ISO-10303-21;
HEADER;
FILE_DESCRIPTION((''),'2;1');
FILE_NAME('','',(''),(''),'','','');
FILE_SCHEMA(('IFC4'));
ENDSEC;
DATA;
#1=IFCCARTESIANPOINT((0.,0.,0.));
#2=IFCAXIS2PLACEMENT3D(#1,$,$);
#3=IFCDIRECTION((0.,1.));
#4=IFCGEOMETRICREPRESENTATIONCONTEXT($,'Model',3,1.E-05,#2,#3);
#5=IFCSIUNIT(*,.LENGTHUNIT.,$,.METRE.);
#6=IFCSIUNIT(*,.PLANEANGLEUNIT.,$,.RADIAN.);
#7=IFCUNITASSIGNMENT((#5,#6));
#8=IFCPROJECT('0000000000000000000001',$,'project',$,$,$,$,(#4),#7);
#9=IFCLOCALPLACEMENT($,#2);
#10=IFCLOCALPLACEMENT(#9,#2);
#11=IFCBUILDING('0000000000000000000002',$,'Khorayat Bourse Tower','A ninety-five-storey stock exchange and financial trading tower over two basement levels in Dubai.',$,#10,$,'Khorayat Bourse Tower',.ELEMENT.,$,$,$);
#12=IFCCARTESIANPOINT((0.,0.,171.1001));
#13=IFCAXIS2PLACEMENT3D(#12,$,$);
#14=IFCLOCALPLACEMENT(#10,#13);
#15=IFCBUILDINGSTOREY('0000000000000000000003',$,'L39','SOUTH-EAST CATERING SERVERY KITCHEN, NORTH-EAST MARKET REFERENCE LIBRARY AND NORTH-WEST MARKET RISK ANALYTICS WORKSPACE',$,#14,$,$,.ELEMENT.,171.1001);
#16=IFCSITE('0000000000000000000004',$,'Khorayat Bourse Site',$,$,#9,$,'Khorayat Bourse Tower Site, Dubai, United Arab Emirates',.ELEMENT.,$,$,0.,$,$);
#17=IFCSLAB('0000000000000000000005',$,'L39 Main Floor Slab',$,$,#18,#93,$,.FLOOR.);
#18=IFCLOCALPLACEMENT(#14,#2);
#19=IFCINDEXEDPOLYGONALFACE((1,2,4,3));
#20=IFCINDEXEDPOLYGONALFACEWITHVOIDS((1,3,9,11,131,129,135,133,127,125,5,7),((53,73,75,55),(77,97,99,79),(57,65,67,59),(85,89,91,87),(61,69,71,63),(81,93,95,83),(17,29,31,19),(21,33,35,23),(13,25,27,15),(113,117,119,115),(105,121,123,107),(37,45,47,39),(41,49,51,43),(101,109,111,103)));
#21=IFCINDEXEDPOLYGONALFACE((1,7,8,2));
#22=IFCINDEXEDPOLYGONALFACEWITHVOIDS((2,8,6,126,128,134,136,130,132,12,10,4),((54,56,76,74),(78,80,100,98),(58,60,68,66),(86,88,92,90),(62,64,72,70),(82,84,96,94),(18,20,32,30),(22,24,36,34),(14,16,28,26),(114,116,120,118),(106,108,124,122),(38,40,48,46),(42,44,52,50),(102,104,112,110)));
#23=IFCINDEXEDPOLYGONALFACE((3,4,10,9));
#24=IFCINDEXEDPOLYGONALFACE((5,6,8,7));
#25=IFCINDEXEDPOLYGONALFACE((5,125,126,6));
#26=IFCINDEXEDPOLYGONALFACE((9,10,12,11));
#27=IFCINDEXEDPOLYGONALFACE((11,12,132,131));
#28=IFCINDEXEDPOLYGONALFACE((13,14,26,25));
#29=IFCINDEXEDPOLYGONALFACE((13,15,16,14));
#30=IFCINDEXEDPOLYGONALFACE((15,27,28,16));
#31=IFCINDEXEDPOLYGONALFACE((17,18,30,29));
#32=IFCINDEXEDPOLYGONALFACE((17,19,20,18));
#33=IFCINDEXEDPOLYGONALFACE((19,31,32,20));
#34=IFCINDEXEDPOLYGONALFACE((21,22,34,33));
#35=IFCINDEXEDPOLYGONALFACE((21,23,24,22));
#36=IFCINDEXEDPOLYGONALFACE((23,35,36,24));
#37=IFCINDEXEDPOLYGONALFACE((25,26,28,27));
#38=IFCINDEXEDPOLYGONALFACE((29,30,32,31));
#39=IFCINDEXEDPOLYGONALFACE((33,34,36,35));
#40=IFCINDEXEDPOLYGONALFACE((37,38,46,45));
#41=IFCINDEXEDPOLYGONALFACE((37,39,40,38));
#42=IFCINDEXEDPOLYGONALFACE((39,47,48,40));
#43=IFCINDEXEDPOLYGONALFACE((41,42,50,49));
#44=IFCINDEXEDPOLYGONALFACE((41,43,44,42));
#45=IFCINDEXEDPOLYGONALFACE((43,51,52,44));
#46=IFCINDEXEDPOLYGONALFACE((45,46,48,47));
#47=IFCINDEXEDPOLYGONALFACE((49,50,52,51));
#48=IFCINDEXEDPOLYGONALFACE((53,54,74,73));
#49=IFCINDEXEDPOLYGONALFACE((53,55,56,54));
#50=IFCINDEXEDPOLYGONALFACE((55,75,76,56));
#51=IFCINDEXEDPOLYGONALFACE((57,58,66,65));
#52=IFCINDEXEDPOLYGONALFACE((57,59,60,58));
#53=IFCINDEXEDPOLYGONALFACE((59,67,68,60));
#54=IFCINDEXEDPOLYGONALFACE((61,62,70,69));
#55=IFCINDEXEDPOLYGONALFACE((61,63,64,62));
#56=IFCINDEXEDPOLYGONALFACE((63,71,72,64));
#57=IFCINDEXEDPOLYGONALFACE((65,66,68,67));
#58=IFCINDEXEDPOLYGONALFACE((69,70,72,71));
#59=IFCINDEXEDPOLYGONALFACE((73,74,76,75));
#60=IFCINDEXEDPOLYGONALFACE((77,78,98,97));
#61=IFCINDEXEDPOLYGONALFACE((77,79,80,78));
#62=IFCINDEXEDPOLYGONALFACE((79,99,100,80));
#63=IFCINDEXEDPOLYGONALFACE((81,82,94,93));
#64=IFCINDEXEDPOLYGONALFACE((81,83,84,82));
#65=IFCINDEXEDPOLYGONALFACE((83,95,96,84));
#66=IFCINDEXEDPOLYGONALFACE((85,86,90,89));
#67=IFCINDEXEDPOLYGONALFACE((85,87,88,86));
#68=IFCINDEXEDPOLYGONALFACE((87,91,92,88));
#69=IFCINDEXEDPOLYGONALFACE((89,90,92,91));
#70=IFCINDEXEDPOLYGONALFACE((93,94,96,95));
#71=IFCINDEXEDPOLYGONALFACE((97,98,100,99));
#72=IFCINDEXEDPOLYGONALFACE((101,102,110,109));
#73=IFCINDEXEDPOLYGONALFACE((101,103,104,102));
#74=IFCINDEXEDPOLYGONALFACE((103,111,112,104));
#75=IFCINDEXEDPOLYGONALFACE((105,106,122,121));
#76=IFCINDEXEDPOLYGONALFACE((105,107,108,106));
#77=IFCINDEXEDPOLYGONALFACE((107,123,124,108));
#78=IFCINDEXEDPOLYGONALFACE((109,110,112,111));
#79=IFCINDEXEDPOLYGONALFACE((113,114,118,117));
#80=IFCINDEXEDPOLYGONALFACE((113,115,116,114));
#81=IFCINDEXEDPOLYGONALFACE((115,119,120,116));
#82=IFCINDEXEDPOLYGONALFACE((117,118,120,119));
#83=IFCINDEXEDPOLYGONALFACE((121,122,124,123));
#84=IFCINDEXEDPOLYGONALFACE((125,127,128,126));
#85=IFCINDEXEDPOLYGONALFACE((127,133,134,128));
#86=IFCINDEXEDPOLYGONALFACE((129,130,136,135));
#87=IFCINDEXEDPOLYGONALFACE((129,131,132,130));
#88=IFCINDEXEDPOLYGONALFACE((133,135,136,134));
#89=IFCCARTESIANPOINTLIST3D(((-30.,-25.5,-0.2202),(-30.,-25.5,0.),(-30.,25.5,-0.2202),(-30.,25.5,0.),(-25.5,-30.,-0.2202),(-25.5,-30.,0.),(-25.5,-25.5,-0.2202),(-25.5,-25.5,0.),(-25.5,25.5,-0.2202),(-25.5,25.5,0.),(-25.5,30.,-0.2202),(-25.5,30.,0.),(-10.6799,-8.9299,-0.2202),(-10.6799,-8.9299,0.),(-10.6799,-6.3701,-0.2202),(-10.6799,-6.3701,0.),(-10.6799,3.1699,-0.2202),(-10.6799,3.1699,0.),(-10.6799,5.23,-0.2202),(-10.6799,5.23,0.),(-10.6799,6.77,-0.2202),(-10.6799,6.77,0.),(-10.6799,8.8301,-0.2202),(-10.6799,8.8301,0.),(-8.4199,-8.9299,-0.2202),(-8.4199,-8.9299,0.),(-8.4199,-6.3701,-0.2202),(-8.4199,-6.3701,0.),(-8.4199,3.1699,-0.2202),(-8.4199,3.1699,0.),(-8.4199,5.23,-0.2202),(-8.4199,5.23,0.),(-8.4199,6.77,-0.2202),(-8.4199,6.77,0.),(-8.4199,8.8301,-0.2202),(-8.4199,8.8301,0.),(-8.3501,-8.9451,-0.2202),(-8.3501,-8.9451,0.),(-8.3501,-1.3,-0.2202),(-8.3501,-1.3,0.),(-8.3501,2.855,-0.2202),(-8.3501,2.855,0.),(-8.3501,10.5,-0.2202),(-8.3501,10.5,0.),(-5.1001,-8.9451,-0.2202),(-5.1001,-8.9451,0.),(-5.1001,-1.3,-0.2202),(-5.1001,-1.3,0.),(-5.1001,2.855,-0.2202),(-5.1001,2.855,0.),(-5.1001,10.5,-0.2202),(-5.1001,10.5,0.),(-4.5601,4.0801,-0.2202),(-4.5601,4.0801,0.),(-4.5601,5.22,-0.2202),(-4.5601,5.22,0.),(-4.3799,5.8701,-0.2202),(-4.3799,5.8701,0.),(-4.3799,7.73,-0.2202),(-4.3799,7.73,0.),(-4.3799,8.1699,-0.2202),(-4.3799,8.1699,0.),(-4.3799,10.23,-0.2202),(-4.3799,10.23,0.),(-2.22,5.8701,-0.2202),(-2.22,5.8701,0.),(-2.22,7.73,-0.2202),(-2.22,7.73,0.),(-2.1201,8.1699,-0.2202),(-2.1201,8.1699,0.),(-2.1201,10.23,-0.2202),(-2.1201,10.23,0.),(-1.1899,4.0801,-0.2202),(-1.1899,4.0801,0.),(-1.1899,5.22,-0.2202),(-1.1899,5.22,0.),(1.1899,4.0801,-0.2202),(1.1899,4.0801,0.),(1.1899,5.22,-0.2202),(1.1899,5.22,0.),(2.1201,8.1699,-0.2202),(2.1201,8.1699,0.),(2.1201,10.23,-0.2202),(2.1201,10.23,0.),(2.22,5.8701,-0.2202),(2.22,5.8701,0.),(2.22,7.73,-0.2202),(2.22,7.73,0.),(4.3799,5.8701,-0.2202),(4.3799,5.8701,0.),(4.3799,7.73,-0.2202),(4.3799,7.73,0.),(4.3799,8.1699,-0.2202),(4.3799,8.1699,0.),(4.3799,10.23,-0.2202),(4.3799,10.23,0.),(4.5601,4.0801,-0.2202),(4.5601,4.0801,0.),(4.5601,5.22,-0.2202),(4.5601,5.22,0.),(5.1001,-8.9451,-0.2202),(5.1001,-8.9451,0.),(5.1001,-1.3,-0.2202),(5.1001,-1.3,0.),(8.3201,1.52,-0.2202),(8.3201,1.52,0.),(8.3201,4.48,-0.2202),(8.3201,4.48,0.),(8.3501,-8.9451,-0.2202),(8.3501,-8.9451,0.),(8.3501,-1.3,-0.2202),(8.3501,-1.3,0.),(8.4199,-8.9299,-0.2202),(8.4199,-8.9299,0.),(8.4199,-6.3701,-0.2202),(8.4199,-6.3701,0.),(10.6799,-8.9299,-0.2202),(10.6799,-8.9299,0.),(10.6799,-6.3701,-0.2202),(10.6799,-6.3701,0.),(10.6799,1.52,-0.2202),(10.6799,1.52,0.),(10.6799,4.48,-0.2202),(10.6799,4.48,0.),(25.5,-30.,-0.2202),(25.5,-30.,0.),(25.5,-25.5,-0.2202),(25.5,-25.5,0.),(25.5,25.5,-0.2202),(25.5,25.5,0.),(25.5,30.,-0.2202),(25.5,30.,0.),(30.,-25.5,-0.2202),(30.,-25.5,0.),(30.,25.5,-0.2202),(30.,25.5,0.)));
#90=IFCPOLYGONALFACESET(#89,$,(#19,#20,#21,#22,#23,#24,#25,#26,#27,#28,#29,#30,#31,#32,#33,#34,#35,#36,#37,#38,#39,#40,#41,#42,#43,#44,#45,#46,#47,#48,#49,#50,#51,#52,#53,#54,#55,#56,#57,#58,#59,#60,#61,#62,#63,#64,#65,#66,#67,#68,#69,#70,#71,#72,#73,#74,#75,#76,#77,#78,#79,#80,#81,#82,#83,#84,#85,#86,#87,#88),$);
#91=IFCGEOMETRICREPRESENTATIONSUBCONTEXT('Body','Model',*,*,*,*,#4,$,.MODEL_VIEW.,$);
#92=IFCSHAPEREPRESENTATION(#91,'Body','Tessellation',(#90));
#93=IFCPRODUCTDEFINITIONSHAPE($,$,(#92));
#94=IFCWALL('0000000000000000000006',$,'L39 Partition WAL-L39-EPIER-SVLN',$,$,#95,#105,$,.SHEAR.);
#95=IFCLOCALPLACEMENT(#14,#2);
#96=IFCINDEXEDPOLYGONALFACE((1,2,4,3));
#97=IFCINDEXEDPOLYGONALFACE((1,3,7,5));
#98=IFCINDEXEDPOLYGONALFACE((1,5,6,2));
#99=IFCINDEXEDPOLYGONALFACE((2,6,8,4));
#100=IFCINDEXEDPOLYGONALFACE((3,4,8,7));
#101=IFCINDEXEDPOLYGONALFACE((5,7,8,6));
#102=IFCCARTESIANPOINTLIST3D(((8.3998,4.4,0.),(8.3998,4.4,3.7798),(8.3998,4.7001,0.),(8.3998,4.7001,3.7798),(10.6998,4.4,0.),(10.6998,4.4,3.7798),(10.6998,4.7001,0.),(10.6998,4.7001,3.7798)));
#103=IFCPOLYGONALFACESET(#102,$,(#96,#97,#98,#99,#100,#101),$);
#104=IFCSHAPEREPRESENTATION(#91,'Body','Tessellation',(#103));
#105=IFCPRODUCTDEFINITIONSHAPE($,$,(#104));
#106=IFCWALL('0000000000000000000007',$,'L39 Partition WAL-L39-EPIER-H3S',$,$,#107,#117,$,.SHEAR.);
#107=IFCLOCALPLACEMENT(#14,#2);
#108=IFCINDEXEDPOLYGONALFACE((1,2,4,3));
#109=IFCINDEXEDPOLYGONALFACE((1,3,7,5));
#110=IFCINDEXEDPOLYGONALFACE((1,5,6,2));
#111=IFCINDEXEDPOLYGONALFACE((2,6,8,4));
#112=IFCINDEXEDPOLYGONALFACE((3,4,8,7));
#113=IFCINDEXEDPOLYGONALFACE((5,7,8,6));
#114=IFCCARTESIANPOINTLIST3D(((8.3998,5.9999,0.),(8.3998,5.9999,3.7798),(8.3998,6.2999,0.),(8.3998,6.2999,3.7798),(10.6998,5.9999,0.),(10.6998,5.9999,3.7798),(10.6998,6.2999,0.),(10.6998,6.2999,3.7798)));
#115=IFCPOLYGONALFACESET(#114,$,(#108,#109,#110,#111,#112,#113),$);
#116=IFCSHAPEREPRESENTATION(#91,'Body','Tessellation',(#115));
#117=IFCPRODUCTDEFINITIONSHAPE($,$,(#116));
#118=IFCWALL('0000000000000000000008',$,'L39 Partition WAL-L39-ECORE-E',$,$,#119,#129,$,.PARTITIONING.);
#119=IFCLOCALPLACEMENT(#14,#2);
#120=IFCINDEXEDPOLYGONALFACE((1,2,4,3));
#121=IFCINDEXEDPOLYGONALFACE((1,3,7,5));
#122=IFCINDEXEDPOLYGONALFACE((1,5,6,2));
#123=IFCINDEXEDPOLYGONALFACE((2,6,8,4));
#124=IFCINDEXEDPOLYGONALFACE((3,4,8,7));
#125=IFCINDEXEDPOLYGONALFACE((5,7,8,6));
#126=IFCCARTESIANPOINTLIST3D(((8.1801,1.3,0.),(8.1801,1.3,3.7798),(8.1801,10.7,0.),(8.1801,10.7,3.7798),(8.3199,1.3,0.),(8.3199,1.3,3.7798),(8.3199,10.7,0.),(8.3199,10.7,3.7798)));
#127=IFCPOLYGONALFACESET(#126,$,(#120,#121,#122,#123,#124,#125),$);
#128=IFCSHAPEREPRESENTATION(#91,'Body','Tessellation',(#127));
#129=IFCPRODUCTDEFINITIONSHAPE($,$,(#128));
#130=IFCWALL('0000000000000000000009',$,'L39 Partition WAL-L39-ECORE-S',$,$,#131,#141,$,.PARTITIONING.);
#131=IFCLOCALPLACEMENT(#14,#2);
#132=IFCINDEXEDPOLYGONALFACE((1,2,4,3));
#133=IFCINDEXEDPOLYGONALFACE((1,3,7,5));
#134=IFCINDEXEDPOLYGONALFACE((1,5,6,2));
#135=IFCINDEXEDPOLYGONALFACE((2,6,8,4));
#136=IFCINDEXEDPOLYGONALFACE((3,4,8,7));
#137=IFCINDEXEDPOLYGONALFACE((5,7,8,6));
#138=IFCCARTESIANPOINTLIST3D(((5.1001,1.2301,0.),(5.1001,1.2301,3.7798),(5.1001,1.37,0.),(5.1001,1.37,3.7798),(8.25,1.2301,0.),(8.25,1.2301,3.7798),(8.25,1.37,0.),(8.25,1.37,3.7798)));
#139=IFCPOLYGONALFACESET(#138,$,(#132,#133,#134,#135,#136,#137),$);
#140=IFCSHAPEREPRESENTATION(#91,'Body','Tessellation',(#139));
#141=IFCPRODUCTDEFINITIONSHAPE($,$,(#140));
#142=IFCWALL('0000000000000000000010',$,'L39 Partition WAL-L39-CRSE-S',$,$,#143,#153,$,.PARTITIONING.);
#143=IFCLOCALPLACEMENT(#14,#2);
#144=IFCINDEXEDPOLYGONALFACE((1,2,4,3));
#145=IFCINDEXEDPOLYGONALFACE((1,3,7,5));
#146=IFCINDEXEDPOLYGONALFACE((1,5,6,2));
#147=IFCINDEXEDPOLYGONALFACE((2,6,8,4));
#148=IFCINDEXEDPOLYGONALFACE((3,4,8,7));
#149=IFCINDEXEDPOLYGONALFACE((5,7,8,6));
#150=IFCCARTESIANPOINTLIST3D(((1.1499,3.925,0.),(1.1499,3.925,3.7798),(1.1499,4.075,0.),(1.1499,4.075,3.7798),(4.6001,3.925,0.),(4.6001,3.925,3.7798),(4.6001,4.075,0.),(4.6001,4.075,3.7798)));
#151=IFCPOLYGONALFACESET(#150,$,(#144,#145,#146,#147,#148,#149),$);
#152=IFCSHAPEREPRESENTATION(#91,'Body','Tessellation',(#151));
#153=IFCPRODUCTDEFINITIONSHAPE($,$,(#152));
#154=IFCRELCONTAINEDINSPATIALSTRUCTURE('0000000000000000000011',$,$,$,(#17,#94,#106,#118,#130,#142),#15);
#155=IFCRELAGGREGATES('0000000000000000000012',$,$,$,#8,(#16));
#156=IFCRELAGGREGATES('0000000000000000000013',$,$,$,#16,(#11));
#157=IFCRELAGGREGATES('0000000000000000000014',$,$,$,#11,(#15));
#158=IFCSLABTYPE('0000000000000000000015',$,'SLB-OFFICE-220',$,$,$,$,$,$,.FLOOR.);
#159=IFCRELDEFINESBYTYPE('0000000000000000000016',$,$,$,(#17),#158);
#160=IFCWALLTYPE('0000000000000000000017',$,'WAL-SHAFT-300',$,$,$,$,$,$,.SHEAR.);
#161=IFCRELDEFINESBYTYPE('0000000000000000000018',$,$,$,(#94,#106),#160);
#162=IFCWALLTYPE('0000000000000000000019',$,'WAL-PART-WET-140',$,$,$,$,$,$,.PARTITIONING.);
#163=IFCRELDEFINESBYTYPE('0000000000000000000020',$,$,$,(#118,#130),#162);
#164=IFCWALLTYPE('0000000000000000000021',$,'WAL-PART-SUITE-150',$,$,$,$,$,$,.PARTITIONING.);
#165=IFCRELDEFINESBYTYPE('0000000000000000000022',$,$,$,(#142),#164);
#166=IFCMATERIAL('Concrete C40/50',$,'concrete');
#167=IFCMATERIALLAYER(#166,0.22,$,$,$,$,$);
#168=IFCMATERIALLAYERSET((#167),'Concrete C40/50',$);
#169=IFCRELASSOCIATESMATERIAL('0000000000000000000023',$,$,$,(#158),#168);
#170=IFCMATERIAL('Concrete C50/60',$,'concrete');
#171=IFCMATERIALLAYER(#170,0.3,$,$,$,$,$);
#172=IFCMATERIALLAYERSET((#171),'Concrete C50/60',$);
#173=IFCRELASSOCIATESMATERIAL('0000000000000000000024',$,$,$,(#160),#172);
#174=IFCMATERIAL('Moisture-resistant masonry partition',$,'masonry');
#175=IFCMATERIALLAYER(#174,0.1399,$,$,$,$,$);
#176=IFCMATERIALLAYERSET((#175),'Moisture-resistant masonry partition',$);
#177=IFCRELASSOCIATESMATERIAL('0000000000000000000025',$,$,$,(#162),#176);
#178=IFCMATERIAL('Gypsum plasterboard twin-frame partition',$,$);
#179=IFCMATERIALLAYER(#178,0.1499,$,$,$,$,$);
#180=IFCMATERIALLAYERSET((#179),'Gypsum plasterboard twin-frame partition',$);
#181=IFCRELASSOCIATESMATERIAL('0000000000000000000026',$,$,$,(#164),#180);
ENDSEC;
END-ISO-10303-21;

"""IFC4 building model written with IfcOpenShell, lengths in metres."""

from ifc_helpers import new_model, si_unit, direction, frame, frame_2d, origin, place, context, subcontext, project, spatial, polyline, rectangle, outline, extrude, source, transform, mapped, material, layer, layer_set, type_object, element, save


model = new_model("IFC4")

# Units and contexts
model_context = context("Model", 3, precision=1e-05, world=origin(), true_north=direction((0.0, 1.0)))
body_context = subcontext(model_context, "Body", "Model", "MODEL_VIEW")
ifc_project = project(units=[si_unit("LENGTHUNIT", "METRE"), si_unit("PLANEANGLEUNIT", "RADIAN")], contexts=[model_context])

# Site, building, storey
site_placement = place(None, origin())
site = spatial("IfcSite", under=ifc_project, at=site_placement, Name="Khorayat Bourse Site", LongName="Khorayat Bourse Tower Site, Dubai, United Arab Emirates", CompositionType="ELEMENT", RefElevation=0.0)
building_placement = place(site_placement, origin())
building = spatial("IfcBuilding", under=site, at=building_placement, Name="Khorayat Bourse Tower", Description="A ninety-five-storey stock exchange and financial trading tower over two basement levels in Dubai.", LongName="Khorayat Bourse Tower", CompositionType="ELEMENT")
storey_placement = place(building_placement, frame((0.0, 0.0, 171.1001)))
storey = spatial("IfcBuildingStorey", under=building, at=storey_placement, Name="L39", Description="SOUTH-EAST CATERING SERVERY KITCHEN, NORTH-EAST MARKET REFERENCE LIBRARY AND NORTH-WEST MARKET RISK ANALYTICS WORKSPACE", CompositionType="ELEMENT", Elevation=171.1001)

# Shared definitions
ifc_material_1 = material(Name="Concrete C40/50", Category="concrete")

# Slab
ifc_layer_1 = layer(ifc_material_1, 0.22)
ifc_layer_set_1 = layer_set([ifc_layer_1], Name="Concrete C40/50")
slab_type_1 = type_object("IfcSlabType", Name="SLB-OFFICE-220", PredefinedType="FLOOR", material=ifc_layer_set_1)
slab_1_placement = place(storey_placement, frame((0.0, 0.0, -0.2202)))
element("IfcSlab", 1, at=slab_1_placement, inside=storey, type_object=slab_type_1, Name="L39 Main Floor Slab", PredefinedType="FLOOR", context=body_context, shape_type="SweptSolid", body=[
    extrude(outline(polyline([(-25.5, -30.0), (25.5, -30.0), (25.5, -25.5), (30.0, -25.5), (30.0, 25.5), (25.5, 25.5), (25.5, 30.0), (-25.5, 30.0), (-25.5, 25.5), (-30.0, 25.5), (-30.0, -25.5), (-25.5, -25.5), (-25.5, -30.0)]), holes=[polyline([(-8.3501, -8.9451), (-5.1001, -8.9451), (-5.1001, -1.3), (-8.3501, -1.3), (-8.3501, -8.9451)]), polyline([(-8.3501, 2.855), (-5.1001, 2.855), (-5.1001, 10.5), (-8.3501, 10.5), (-8.3501, 2.855)]), polyline([(5.1001, -8.9451), (8.3501, -8.9451), (8.3501, -1.3), (5.1001, -1.3), (5.1001, -8.9451)]), polyline([(-4.3799, 8.1699), (-2.1201, 8.1699), (-2.1201, 10.23), (-4.3799, 10.23), (-4.3799, 8.1699)]), polyline([(2.1201, 8.1699), (4.3799, 8.1699), (4.3799, 10.23), (2.1201, 10.23), (2.1201, 8.1699)]), polyline([(-4.3799, 5.8701), (-2.22, 5.8701), (-2.22, 7.73), (-4.3799, 7.73), (-4.3799, 5.8701)]), polyline([(2.22, 5.8701), (4.3799, 5.8701), (4.3799, 7.73), (2.22, 7.73), (2.22, 5.8701)]), polyline([(-10.6799, 3.1699), (-8.4199, 3.1699), (-8.4199, 5.23), (-10.6799, 5.23), (-10.6799, 3.1699)]), polyline([(-10.6799, 6.77), (-8.4199, 6.77), (-8.4199, 8.8301), (-10.6799, 8.8301), (-10.6799, 6.77)]), polyline([(-10.6799, -8.9299), (-8.4199, -8.9299), (-8.4199, -6.3701), (-10.6799, -6.3701), (-10.6799, -8.9299)]), polyline([(8.4199, -8.9299), (10.6799, -8.9299), (10.6799, -6.3701), (8.4199, -6.3701), (8.4199, -8.9299)]), polyline([(8.3201, 1.52), (10.6799, 1.52), (10.6799, 4.48), (8.3201, 4.48), (8.3201, 1.52)]), polyline([(-4.5601, 4.0801), (-1.1899, 4.0801), (-1.1899, 5.22), (-4.5601, 5.22), (-4.5601, 4.0801)]), polyline([(1.1899, 4.0801), (4.5601, 4.0801), (4.5601, 5.22), (1.1899, 5.22), (1.1899, 4.0801)])]), origin(), (0.0, 0.0, 1.0), 0.2202),
])

# Walls
ifc_material_2 = material(Name="Concrete C50/60", Category="concrete")
ifc_layer_2 = layer(ifc_material_2, 0.3)
ifc_layer_set_2 = layer_set([ifc_layer_2], Name="Concrete C50/60")
wall_type_1 = type_object("IfcWallType", Name="WAL-SHAFT-300", PredefinedType="SHEAR", material=ifc_layer_set_2)
shared_shape_1 = source(origin(), body_context, "Body", "SweptSolid", [
    extrude(rectangle(XDim=2.3, YDim=0.3, at=frame_2d((1.1499, 0.0))), origin(), (0.0, 0.0, 1.0), 3.7798),
])
for number, where, z_axis, x_axis, name in (
    (2, (8.3999, 4.55, 0.0), (0.0, 0.0, 1.0), (1.0, 0.0, 0.0), "L39 Partition WAL-L39-EPIER-SVLN"),
    (3, (8.3999, 6.1499, 0.0), (0.0, 0.0, 1.0), (1.0, 0.0, 0.0), "L39 Partition WAL-L39-EPIER-H3S"),
):
    element("IfcWall", number, at=place(storey_placement, frame(where, z_axis=z_axis, x_axis=x_axis)), inside=storey, type_object=wall_type_1, Name=name, PredefinedType="SHEAR", context=body_context, shape_type="MappedRepresentation", body=[
        mapped(shared_shape_1, transform((0.0, 0.0, 0.0), scale=1.0)),
    ])
ifc_material_3 = material(Name="Moisture-resistant masonry partition", Category="masonry")
ifc_layer_3 = layer(ifc_material_3, 0.1399)
ifc_layer_set_3 = layer_set([ifc_layer_3], Name="Moisture-resistant masonry partition")
wall_type_2 = type_object("IfcWallType", Name="WAL-PART-WET-140", PredefinedType="PARTITIONING", material=ifc_layer_set_3)
shared_shape_2 = source(origin(), body_context, "Body", "SweptSolid", [
    extrude(rectangle(XDim=9.3999, YDim=0.1399, at=frame_2d((4.7, 0.0))), origin(), (0.0, 0.0, 1.0), 3.7798),
])
wall_1_placement = place(storey_placement, frame((8.25, 1.3, 0.0), z_axis=(0.0, 0.0, 1.0), x_axis=(0.0, 1.0, 0.0)))
element("IfcWall", 4, at=wall_1_placement, inside=storey, type_object=wall_type_2, Name="L39 Partition WAL-L39-ECORE-E", PredefinedType="PARTITIONING", context=body_context, shape_type="MappedRepresentation", body=[
    mapped(shared_shape_2, transform((0.0, 0.0, 0.0), scale=1.0)),
])
shared_shape_3 = source(origin(), body_context, "Body", "SweptSolid", [
    extrude(rectangle(XDim=3.1499, YDim=0.1399, at=frame_2d((1.575, 0.0))), origin(), (0.0, 0.0, 1.0), 3.7798),
])
wall_2_placement = place(storey_placement, frame((5.1001, 1.3, 0.0), z_axis=(0.0, 0.0, 1.0), x_axis=(1.0, 0.0, 0.0)))
element("IfcWall", 5, at=wall_2_placement, inside=storey, type_object=wall_type_2, Name="L39 Partition WAL-L39-ECORE-S", PredefinedType="PARTITIONING", context=body_context, shape_type="MappedRepresentation", body=[
    mapped(shared_shape_3, transform((0.0, 0.0, 0.0), scale=1.0)),
])

# Wall
ifc_material_4 = material(Name="Gypsum plasterboard twin-frame partition")
ifc_layer_4 = layer(ifc_material_4, 0.1499)
ifc_layer_set_4 = layer_set([ifc_layer_4], Name="Gypsum plasterboard twin-frame partition")
wall_type_3 = type_object("IfcWallType", Name="WAL-PART-SUITE-150", PredefinedType="PARTITIONING", material=ifc_layer_set_4)
shared_shape_4 = source(origin(), body_context, "Body", "SweptSolid", [
    extrude(rectangle(XDim=3.4502, YDim=0.1499, at=frame_2d((1.7251, 0.0))), origin(), (0.0, 0.0, 1.0), 3.7798),
])
wall_3_placement = place(storey_placement, frame((1.1499, 4.0, 0.0), z_axis=(0.0, 0.0, 1.0), x_axis=(1.0, 0.0, 0.0)))
element("IfcWall", 6, at=wall_3_placement, inside=storey, type_object=wall_type_3, Name="L39 Partition WAL-L39-CRSE-S", PredefinedType="PARTITIONING", context=body_context, shape_type="MappedRepresentation", body=[
    mapped(shared_shape_4, transform((0.0, 0.0, 0.0), scale=1.0)),
])

save(model, "model.ifc")
